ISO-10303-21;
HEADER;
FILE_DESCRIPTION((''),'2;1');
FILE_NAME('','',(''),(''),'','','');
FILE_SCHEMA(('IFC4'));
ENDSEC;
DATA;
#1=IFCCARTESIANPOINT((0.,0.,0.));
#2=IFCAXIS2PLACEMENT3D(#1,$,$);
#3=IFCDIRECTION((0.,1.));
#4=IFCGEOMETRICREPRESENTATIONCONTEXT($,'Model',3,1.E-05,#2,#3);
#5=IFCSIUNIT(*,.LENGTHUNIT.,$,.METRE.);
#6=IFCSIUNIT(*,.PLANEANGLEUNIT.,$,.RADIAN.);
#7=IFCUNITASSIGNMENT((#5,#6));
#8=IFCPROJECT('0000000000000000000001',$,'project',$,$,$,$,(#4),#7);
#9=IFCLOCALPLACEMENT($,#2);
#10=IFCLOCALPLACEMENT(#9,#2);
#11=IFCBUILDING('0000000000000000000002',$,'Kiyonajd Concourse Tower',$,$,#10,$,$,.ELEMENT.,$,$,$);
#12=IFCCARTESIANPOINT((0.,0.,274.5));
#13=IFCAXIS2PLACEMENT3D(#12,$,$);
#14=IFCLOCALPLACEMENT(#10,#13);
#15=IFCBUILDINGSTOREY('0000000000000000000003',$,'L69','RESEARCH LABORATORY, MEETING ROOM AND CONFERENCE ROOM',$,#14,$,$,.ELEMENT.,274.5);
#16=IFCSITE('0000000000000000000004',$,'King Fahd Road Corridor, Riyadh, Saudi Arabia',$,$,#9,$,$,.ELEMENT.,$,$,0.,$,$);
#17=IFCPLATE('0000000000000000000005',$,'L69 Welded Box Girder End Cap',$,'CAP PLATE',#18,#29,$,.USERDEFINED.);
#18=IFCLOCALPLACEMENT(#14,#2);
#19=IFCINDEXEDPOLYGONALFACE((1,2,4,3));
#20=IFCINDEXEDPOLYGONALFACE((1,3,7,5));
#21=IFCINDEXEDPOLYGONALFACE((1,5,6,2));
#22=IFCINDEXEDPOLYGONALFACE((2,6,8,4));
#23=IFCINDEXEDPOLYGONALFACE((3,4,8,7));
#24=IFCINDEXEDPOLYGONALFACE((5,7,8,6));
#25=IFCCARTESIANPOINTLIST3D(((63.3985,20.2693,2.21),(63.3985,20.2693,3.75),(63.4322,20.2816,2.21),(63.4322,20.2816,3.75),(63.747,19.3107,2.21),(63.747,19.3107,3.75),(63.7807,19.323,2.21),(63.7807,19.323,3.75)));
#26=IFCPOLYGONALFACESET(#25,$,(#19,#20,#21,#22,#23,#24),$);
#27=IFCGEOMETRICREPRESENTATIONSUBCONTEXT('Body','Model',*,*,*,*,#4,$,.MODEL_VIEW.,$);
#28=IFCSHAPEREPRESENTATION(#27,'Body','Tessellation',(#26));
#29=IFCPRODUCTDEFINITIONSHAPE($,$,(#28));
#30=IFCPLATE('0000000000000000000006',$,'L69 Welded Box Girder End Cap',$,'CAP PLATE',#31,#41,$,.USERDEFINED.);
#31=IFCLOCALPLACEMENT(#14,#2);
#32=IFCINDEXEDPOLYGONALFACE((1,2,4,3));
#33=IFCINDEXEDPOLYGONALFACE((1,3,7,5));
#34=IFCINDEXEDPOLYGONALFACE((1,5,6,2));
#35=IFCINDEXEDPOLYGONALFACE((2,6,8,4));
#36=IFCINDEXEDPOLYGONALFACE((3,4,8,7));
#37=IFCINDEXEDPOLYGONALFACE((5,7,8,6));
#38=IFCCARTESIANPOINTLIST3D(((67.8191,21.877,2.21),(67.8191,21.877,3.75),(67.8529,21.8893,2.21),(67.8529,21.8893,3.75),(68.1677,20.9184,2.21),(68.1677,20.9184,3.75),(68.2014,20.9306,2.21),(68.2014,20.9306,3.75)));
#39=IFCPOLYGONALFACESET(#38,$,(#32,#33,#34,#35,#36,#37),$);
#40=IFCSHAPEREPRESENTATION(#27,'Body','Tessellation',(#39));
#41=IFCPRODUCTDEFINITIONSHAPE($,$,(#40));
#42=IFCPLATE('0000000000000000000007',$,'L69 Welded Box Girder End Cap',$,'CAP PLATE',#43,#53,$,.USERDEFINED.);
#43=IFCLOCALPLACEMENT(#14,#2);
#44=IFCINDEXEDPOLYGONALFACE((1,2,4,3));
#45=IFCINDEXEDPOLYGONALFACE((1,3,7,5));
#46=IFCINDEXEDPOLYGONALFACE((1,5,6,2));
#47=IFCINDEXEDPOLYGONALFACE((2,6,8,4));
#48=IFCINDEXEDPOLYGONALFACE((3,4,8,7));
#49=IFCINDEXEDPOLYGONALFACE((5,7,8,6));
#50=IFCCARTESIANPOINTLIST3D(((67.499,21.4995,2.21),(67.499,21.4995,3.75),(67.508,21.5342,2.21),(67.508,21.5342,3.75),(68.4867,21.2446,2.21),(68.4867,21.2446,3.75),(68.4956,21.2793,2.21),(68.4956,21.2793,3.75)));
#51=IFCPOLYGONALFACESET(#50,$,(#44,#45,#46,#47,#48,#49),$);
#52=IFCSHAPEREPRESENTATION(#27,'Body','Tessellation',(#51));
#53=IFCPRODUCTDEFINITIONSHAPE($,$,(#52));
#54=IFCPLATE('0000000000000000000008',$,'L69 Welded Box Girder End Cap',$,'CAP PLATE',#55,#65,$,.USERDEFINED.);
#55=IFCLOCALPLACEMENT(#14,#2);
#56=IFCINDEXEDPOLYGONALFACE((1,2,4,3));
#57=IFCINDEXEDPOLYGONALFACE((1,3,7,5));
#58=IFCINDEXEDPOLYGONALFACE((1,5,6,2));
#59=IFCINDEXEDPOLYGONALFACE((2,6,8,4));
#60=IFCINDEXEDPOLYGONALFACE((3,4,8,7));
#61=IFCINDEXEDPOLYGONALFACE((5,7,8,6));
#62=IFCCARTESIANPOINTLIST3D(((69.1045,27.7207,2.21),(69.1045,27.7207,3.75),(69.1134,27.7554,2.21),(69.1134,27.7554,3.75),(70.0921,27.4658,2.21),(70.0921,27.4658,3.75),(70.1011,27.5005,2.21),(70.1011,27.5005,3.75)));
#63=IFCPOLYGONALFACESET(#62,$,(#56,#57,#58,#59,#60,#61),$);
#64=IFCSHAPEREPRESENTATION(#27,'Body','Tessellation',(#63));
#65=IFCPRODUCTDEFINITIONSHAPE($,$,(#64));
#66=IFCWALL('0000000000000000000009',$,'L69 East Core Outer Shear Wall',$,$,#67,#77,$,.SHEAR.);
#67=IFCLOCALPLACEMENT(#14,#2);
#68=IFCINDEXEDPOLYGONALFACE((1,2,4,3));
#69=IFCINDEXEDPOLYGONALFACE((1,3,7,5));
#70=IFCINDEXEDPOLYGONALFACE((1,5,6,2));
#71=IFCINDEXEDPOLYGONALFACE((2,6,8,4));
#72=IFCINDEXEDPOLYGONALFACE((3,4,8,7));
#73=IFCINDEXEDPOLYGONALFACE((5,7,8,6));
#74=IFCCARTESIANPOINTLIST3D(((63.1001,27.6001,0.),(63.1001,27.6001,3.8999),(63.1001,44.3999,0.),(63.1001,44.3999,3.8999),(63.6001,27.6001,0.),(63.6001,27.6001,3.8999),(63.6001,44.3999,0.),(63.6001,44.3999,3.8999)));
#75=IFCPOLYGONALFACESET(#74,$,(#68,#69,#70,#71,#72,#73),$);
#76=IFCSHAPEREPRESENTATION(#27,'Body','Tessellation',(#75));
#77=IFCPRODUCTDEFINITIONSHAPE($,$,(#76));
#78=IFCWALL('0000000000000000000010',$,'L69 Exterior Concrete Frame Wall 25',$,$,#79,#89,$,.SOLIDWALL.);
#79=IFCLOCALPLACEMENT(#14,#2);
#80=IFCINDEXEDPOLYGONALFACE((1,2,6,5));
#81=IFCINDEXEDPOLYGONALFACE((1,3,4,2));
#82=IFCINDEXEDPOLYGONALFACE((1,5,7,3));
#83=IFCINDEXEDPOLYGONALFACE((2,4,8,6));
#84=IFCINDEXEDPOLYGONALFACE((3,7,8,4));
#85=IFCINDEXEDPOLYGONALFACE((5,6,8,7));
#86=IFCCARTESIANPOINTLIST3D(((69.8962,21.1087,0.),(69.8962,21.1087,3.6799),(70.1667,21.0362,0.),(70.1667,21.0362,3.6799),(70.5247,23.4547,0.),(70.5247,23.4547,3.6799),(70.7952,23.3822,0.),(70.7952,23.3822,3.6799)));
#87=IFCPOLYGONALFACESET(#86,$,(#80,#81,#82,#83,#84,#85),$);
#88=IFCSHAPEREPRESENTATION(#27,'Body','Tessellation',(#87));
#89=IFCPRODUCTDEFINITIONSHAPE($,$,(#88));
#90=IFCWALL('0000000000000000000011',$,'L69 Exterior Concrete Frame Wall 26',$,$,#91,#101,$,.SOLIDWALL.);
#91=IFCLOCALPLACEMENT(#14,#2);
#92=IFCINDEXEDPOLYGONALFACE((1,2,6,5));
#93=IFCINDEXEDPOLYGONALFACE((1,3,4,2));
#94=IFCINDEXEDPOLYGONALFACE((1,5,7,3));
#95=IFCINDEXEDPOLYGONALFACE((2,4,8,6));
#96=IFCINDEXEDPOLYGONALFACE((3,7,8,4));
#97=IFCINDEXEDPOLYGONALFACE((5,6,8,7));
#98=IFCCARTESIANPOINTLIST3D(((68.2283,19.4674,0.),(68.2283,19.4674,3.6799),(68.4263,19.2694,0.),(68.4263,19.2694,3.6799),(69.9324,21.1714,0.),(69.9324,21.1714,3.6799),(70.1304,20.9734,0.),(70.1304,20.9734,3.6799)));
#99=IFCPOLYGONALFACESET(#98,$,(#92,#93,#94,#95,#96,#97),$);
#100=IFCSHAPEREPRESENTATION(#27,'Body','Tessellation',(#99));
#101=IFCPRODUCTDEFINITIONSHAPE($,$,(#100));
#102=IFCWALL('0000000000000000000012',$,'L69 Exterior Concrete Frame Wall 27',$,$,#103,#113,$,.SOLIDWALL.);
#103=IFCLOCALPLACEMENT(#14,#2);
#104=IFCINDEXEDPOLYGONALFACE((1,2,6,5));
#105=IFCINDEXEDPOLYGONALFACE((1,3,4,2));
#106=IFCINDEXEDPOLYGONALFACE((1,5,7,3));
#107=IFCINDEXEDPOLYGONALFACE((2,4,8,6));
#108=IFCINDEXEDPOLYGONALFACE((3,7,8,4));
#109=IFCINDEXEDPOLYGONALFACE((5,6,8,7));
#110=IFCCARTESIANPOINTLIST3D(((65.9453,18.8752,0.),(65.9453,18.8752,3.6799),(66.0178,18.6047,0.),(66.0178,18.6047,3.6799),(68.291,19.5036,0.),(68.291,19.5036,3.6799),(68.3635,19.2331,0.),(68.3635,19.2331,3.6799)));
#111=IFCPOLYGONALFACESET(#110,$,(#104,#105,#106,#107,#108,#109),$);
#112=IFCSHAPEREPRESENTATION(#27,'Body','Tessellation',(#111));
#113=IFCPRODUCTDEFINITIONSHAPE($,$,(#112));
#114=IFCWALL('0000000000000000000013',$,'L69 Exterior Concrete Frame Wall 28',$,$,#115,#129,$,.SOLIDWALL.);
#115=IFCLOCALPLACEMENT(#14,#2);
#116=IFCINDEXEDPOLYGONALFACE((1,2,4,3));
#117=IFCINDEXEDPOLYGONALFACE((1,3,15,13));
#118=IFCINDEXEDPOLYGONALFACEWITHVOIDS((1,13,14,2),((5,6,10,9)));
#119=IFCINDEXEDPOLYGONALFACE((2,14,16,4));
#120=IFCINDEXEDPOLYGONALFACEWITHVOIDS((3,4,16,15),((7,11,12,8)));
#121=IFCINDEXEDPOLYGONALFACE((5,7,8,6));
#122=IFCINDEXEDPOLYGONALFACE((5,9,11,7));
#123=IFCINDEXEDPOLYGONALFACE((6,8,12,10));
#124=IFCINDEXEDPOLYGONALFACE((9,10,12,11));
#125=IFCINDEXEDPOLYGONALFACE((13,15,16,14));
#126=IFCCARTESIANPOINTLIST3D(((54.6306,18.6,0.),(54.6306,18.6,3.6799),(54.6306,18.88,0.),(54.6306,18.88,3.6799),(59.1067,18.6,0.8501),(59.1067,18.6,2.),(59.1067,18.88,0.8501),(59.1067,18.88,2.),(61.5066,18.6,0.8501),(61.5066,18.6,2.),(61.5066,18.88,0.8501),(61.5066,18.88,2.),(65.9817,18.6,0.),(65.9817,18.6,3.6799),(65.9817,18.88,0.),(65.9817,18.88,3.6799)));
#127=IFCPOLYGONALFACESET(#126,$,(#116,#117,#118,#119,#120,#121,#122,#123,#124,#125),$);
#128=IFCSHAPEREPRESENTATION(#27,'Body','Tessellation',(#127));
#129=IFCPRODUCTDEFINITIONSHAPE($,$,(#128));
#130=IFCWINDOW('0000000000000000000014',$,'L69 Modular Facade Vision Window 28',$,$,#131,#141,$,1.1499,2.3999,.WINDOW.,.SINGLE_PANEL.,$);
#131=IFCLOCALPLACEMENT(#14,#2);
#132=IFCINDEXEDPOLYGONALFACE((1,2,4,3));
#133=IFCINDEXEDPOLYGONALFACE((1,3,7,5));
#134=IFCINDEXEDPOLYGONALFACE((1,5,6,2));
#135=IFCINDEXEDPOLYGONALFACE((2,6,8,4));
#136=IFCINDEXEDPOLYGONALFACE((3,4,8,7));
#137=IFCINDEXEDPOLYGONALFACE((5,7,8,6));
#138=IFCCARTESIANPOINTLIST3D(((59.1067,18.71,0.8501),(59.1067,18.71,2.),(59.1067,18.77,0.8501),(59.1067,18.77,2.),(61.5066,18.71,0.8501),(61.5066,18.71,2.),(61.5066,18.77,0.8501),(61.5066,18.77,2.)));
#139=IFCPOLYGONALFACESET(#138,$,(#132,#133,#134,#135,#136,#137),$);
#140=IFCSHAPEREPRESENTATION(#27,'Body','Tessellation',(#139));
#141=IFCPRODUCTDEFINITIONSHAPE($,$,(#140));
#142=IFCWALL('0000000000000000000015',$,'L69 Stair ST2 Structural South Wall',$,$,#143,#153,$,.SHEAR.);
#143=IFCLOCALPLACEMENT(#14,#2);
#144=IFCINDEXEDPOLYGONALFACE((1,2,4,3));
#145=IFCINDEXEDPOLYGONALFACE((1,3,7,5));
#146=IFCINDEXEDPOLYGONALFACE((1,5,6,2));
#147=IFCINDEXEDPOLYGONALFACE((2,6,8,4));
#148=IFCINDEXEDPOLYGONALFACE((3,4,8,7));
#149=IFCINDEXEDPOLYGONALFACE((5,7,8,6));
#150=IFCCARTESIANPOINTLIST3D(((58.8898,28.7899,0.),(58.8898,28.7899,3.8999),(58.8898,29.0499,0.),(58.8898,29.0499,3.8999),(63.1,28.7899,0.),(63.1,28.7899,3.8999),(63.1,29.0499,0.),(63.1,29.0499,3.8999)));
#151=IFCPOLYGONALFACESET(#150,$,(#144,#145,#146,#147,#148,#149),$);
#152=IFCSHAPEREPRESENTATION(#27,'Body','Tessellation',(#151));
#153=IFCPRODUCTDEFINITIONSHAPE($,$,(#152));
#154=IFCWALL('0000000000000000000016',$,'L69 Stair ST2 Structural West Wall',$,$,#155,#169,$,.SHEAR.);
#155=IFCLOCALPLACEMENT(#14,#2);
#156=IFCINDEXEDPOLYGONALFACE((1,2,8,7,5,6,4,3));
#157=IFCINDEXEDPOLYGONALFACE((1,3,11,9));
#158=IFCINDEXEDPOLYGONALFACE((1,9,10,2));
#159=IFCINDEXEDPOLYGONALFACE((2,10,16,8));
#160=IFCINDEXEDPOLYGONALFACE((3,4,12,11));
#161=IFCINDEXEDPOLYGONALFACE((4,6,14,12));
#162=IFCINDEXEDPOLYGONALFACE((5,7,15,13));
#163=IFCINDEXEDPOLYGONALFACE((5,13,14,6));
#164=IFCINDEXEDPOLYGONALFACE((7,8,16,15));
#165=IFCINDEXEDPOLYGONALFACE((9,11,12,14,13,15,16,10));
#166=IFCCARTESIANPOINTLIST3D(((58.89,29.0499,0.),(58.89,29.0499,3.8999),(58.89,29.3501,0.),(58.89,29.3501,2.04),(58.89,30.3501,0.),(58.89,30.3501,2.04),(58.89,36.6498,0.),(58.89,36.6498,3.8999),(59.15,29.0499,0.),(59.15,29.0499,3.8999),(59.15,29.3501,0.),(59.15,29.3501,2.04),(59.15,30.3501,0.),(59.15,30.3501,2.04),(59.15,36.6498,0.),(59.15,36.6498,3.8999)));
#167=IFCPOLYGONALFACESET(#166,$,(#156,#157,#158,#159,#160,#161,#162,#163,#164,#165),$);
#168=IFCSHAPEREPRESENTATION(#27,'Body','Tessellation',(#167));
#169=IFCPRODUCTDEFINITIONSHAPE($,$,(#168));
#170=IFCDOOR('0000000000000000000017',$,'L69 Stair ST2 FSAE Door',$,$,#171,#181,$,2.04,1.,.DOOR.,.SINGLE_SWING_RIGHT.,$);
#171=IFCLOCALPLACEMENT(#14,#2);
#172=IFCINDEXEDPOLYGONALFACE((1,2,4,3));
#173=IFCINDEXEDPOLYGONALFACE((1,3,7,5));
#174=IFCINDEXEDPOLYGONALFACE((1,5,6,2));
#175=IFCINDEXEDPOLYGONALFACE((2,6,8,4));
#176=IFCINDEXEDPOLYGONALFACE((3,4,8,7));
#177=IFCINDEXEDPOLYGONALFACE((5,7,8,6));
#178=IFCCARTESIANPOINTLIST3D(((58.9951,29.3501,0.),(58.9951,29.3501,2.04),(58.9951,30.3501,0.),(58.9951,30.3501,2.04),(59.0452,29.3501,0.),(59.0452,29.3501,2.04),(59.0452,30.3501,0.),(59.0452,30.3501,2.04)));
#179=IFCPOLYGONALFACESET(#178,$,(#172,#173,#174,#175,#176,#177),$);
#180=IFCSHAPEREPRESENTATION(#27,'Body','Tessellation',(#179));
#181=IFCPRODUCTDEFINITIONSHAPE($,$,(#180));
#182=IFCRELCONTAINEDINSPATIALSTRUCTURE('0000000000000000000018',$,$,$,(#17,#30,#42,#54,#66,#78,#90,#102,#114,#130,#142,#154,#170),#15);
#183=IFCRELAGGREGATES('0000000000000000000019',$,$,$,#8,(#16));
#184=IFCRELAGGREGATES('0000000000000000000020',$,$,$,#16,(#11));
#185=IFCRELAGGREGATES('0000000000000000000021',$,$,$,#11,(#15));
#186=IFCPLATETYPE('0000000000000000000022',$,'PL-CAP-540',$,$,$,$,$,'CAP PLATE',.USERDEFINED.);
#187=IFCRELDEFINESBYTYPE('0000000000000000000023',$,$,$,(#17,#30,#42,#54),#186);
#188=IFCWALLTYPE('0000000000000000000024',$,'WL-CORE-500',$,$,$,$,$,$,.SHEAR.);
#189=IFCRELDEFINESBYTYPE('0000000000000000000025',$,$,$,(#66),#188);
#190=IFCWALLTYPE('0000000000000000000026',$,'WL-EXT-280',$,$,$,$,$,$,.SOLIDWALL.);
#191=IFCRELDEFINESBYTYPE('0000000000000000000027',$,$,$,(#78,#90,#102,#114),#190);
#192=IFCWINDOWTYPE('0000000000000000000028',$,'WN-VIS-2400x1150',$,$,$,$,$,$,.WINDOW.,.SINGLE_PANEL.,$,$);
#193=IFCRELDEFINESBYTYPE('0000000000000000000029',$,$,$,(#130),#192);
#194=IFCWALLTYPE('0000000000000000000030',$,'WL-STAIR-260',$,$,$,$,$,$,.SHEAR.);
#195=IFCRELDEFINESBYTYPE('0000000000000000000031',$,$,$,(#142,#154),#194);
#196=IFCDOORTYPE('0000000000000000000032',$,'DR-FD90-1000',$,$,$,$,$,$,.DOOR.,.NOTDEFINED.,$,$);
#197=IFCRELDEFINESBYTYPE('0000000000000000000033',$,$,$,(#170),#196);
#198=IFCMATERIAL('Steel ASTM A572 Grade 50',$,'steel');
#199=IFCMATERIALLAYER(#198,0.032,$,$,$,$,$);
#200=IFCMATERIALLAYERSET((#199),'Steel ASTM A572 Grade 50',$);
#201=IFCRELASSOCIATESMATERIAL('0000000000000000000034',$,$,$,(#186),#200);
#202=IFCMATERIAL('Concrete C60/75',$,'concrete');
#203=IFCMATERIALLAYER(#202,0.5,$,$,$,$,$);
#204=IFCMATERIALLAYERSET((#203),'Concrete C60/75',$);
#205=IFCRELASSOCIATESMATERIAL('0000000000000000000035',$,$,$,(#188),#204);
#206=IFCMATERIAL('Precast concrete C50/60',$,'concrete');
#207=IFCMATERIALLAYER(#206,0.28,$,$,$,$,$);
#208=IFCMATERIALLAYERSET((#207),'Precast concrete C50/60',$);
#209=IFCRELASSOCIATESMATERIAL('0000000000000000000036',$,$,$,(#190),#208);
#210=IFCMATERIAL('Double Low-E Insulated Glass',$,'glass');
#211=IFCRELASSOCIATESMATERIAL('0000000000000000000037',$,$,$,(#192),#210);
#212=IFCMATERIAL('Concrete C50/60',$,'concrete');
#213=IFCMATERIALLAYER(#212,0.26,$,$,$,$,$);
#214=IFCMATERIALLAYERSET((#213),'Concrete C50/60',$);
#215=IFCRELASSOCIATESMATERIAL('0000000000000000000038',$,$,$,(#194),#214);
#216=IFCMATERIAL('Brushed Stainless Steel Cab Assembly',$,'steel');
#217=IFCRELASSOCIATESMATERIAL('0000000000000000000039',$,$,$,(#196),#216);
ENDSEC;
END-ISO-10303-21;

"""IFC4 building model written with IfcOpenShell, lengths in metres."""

from ifc_helpers import new_model, si_unit, direction, frame, frame_2d, origin, origin_2d, place, context, subcontext, project, spatial, rectangle, extrude, material, layer, layer_set, type_object, element, fill, save


model = new_model("IFC4")

# Units and contexts
model_context = context("Model", 3, precision=1e-05, world=origin(), true_north=direction((0.0, 1.0)))
body_context = subcontext(model_context, "Body", "Model", "MODEL_VIEW")
ifc_project = project(units=[si_unit("LENGTHUNIT", "METRE"), si_unit("PLANEANGLEUNIT", "RADIAN")], contexts=[model_context])

# Site, building, storey
site_placement = place(None, origin())
site = spatial("IfcSite", under=ifc_project, at=site_placement, Name="King Fahd Road Corridor, Riyadh, Saudi Arabia", CompositionType="ELEMENT", RefElevation=0.0)
building_placement = place(site_placement, origin())
building = spatial("IfcBuilding", under=site, at=building_placement, Name="Kiyonajd Concourse Tower", CompositionType="ELEMENT")
storey_placement = place(building_placement, frame((0.0, 0.0, 274.5)))
storey = spatial("IfcBuildingStorey", under=building, at=storey_placement, Name="L69", Description="RESEARCH LABORATORY, MEETING ROOM AND CONFERENCE ROOM", CompositionType="ELEMENT", Elevation=274.5)

# Shared definitions
ifc_material_1 = material(Name="Concrete C60/75", Category="concrete")

# Shared definitions
ifc_material_2 = material(Name="Steel ASTM A572 Grade 50", Category="steel")

# Plates
ifc_layer_1 = layer(ifc_material_2, 0.032)
ifc_layer_set_1 = layer_set([ifc_layer_1], Name="Steel ASTM A572 Grade 50")
plate_type = type_object("IfcPlateType", Name="PL-CAP-540", ElementType="CAP PLATE", PredefinedType="USERDEFINED", material=ifc_layer_set_1)
for number, where, z_axis, x_axis, name in (
    (1, (63.5896, 19.7961, 2.21), (0.0, 0.0, 1.0), (-0.939812, -0.341692, 0.0), "L69 Welded Box Girder End Cap"),
    (2, (68.0103, 21.4038, 2.21), (0.0, 0.0, 1.0), (0.939812, 0.341692, 0.0), "L69 Welded Box Girder End Cap"),
    (3, (67.9973, 21.3894, 2.21), (0.0, 0.0, 1.0), (-0.249873, -0.968279, 0.0), "L69 Welded Box Girder End Cap"),
    (4, (69.6028, 27.6106, 2.21), (0.0, 0.0, 1.0), (0.249873, 0.968279, 0.0), "L69 Welded Box Girder End Cap"),
):
    element("IfcPlate", number, at=place(storey_placement, frame(where, z_axis=z_axis, x_axis=x_axis)), inside=storey, type_object=plate_type, Name=name, ObjectType="CAP PLATE", PredefinedType="USERDEFINED", context=body_context, shape_type="SweptSolid", body=[
        extrude(rectangle(XDim=0.0359, YDim=1.02, at=origin_2d()), origin(), (0.0, 0.0, 1.0), 1.54),
    ])

# Walls
ifc_layer_2 = layer(ifc_material_1, 0.5)
ifc_layer_set_2 = layer_set([ifc_layer_2], Name="Concrete C60/75")
wall_type_1 = type_object("IfcWallType", Name="WL-CORE-500", PredefinedType="SHEAR", material=ifc_layer_set_2)
wall_1_placement = place(storey_placement, frame((63.3501, 27.6001, 0.0), z_axis=(0.0, 0.0, 1.0), x_axis=(0.0, 1.0, 0.0)))
element("IfcWall", 5, at=wall_1_placement, inside=storey, type_object=wall_type_1, Name="L69 East Core Outer Shear Wall", PredefinedType="SHEAR", context=body_context, shape_type="SweptSolid", body=[
    extrude(rectangle(XDim=16.7998, YDim=0.5, at=frame_2d((8.3999, 0.0))), origin(), (0.0, 0.0, 1.0), 3.8999),
])
ifc_material_3 = material(Name="Precast concrete C50/60", Category="concrete")
ifc_layer_3 = layer(ifc_material_3, 0.28)
ifc_layer_set_3 = layer_set([ifc_layer_3], Name="Precast concrete C50/60")
wall_type_2 = type_object("IfcWallType", Name="WL-EXT-280", PredefinedType="SOLIDWALL", material=ifc_layer_set_3)
wall_2_placement = place(storey_placement, frame((70.6599, 23.4185, 0.0), z_axis=(0.0, 0.0, 1.0), x_axis=(-0.258751, -0.965944, 0.0)))
element("IfcWall", 6, at=wall_2_placement, inside=storey, type_object=wall_type_2, Name="L69 Exterior Concrete Frame Wall 25", PredefinedType="SOLIDWALL", context=body_context, shape_type="SweptSolid", body=[
    extrude(rectangle(XDim=2.4287, YDim=0.28, at=frame_2d((1.2144, 0.0))), origin(), (0.0, 0.0, 1.0), 3.6799),
])
wall_3_placement = place(storey_placement, frame((70.0315, 21.0725, 0.0), z_axis=(0.0, 0.0, 1.0), x_axis=(-0.707107, -0.707107, 0.0)))
element("IfcWall", 7, at=wall_3_placement, inside=storey, type_object=wall_type_2, Name="L69 Exterior Concrete Frame Wall 26", PredefinedType="SOLIDWALL", context=body_context, shape_type="SweptSolid", body=[
    extrude(rectangle(XDim=2.4099, YDim=0.28, at=frame_2d((1.2051, 0.0))), origin(), (0.0, 0.0, 1.0), 3.6799),
])
wall_4_placement = place(storey_placement, frame((68.3274, 19.3684, 0.0), z_axis=(0.0, 0.0, 1.0), x_axis=(-0.965937, -0.258776, 0.0)))
element("IfcWall", 8, at=wall_4_placement, inside=storey, type_object=wall_type_2, Name="L69 Exterior Concrete Frame Wall 27", PredefinedType="SOLIDWALL", context=body_context, shape_type="SweptSolid", body=[
    extrude(rectangle(XDim=2.4285, YDim=0.28, at=frame_2d((1.2144, 0.0))), origin(), (0.0, 0.0, 1.0), 3.6799),
])

# Wall, opening, window
wall_5_placement = place(storey_placement, frame((65.9817, 18.74, 0.0), z_axis=(0.0, 0.0, 1.0), x_axis=(-1.0, 0.0, 0.0)))
wall_5 = element("IfcWall", 9, at=wall_5_placement, inside=storey, type_object=wall_type_2, Name="L69 Exterior Concrete Frame Wall 28", PredefinedType="SOLIDWALL", context=body_context, shape_type="SweptSolid", body=[
    extrude(rectangle(XDim=11.3511, YDim=0.28, at=frame_2d((5.6755, 0.0))), origin(), (0.0, 0.0, 1.0), 3.6799),
])
opening_1_placement = place(wall_5_placement, frame((4.4751, 0.0, 0.8501)))
opening_1 = element("IfcOpeningElement", 10, at=opening_1_placement, cuts=wall_5, PredefinedType="OPENING", context=body_context, shape_type="SweptSolid", body=[
    extrude(rectangle(XDim=2.3999, YDim=1.1499, at=frame_2d((1.2, 0.575))), frame((0.0, 0.1499, 0.0), z_axis=(0.0, -1.0, 0.0), x_axis=(1.0, 0.0, 0.0)), (0.0, 0.0, 1.0), 0.3),
])
ifc_material_4 = material(Name="Double Low-E Insulated Glass", Category="glass")
window_type = type_object("IfcWindowType", Name="WN-VIS-2400x1150", PartitioningType="SINGLE_PANEL", PredefinedType="WINDOW", material=ifc_material_4)
window_placement = place(opening_1_placement, origin())
window = element("IfcWindow", 11, at=window_placement, inside=storey, type_object=window_type, Name="L69 Modular Facade Vision Window 28", OverallHeight=1.1499, OverallWidth=2.3999, PartitioningType="SINGLE_PANEL", PredefinedType="WINDOW", context=body_context, shape_type="SweptSolid", body=[
    extrude(rectangle(XDim=2.3999, YDim=1.1499, at=frame_2d((1.2, 0.575))), frame((0.0, 0.03, 0.0), z_axis=(0.0, -1.0, 0.0), x_axis=(1.0, 0.0, 0.0)), (0.0, 0.0, 1.0), 0.0601),
])
fill(opening_1, window)

# Wall
ifc_material_5 = material(Name="Concrete C50/60", Category="concrete")
ifc_layer_4 = layer(ifc_material_5, 0.26)
ifc_layer_set_4 = layer_set([ifc_layer_4], Name="Concrete C50/60")
wall_type_3 = type_object("IfcWallType", Name="WL-STAIR-260", PredefinedType="SHEAR", material=ifc_layer_set_4)
wall_6_placement = place(storey_placement, frame((58.8899, 28.9199, 0.0), z_axis=(0.0, 0.0, 1.0), x_axis=(1.0, 0.0, 0.0)))
element("IfcWall", 12, at=wall_6_placement, inside=storey, type_object=wall_type_3, Name="L69 Stair ST2 Structural South Wall", PredefinedType="SHEAR", context=body_context, shape_type="SweptSolid", body=[
    extrude(rectangle(XDim=4.2102, YDim=0.26, at=frame_2d((2.105, 0.0))), origin(), (0.0, 0.0, 1.0), 3.8999),
])

# Wall, opening, door
wall_7_placement = place(storey_placement, frame((59.02, 29.05, 0.0), z_axis=(0.0, 0.0, 1.0), x_axis=(0.0, 1.0, 0.0)))
wall_7 = element("IfcWall", 13, at=wall_7_placement, inside=storey, type_object=wall_type_3, Name="L69 Stair ST2 Structural West Wall", PredefinedType="SHEAR", context=body_context, shape_type="SweptSolid", body=[
    extrude(rectangle(XDim=7.5999, YDim=0.26, at=frame_2d((3.7998, 0.0))), origin(), (0.0, 0.0, 1.0), 3.8999),
])
opening_2_placement = place(wall_7_placement, frame((0.3, 0.0, 0.0)))
opening_2 = element("IfcOpeningElement", 14, at=opening_2_placement, cuts=wall_7, PredefinedType="OPENING", context=body_context, shape_type="SweptSolid", body=[
    extrude(rectangle(XDim=1.0, YDim=2.04, at=frame_2d((0.5, 1.02))), frame((0.0, 0.1399, 0.0), z_axis=(0.0, -1.0, 0.0), x_axis=(1.0, 0.0, 0.0)), (0.0, 0.0, 1.0), 0.28),
])
ifc_material_6 = material(Name="Brushed Stainless Steel Cab Assembly", Category="steel")
door_type = type_object("IfcDoorType", Name="DR-FD90-1000", OperationType="NOTDEFINED", PredefinedType="DOOR", material=ifc_material_6)
door_placement = place(opening_2_placement, origin())
door = element("IfcDoor", 15, at=door_placement, inside=storey, type_object=door_type, Name="L69 Stair ST2 FSAE Door", OperationType="SINGLE_SWING_RIGHT", OverallHeight=2.04, OverallWidth=1.0, PredefinedType="DOOR", context=body_context, shape_type="SweptSolid", body=[
    extrude(rectangle(XDim=1.0, YDim=2.04, at=frame_2d((0.5, 1.02))), frame((0.0, 0.0249, 0.0), z_axis=(0.0, -1.0, 0.0), x_axis=(1.0, 0.0, 0.0)), (0.0, 0.0, 1.0), 0.05),
])
fill(opening_2, door)

save(model, "model.ifc")
